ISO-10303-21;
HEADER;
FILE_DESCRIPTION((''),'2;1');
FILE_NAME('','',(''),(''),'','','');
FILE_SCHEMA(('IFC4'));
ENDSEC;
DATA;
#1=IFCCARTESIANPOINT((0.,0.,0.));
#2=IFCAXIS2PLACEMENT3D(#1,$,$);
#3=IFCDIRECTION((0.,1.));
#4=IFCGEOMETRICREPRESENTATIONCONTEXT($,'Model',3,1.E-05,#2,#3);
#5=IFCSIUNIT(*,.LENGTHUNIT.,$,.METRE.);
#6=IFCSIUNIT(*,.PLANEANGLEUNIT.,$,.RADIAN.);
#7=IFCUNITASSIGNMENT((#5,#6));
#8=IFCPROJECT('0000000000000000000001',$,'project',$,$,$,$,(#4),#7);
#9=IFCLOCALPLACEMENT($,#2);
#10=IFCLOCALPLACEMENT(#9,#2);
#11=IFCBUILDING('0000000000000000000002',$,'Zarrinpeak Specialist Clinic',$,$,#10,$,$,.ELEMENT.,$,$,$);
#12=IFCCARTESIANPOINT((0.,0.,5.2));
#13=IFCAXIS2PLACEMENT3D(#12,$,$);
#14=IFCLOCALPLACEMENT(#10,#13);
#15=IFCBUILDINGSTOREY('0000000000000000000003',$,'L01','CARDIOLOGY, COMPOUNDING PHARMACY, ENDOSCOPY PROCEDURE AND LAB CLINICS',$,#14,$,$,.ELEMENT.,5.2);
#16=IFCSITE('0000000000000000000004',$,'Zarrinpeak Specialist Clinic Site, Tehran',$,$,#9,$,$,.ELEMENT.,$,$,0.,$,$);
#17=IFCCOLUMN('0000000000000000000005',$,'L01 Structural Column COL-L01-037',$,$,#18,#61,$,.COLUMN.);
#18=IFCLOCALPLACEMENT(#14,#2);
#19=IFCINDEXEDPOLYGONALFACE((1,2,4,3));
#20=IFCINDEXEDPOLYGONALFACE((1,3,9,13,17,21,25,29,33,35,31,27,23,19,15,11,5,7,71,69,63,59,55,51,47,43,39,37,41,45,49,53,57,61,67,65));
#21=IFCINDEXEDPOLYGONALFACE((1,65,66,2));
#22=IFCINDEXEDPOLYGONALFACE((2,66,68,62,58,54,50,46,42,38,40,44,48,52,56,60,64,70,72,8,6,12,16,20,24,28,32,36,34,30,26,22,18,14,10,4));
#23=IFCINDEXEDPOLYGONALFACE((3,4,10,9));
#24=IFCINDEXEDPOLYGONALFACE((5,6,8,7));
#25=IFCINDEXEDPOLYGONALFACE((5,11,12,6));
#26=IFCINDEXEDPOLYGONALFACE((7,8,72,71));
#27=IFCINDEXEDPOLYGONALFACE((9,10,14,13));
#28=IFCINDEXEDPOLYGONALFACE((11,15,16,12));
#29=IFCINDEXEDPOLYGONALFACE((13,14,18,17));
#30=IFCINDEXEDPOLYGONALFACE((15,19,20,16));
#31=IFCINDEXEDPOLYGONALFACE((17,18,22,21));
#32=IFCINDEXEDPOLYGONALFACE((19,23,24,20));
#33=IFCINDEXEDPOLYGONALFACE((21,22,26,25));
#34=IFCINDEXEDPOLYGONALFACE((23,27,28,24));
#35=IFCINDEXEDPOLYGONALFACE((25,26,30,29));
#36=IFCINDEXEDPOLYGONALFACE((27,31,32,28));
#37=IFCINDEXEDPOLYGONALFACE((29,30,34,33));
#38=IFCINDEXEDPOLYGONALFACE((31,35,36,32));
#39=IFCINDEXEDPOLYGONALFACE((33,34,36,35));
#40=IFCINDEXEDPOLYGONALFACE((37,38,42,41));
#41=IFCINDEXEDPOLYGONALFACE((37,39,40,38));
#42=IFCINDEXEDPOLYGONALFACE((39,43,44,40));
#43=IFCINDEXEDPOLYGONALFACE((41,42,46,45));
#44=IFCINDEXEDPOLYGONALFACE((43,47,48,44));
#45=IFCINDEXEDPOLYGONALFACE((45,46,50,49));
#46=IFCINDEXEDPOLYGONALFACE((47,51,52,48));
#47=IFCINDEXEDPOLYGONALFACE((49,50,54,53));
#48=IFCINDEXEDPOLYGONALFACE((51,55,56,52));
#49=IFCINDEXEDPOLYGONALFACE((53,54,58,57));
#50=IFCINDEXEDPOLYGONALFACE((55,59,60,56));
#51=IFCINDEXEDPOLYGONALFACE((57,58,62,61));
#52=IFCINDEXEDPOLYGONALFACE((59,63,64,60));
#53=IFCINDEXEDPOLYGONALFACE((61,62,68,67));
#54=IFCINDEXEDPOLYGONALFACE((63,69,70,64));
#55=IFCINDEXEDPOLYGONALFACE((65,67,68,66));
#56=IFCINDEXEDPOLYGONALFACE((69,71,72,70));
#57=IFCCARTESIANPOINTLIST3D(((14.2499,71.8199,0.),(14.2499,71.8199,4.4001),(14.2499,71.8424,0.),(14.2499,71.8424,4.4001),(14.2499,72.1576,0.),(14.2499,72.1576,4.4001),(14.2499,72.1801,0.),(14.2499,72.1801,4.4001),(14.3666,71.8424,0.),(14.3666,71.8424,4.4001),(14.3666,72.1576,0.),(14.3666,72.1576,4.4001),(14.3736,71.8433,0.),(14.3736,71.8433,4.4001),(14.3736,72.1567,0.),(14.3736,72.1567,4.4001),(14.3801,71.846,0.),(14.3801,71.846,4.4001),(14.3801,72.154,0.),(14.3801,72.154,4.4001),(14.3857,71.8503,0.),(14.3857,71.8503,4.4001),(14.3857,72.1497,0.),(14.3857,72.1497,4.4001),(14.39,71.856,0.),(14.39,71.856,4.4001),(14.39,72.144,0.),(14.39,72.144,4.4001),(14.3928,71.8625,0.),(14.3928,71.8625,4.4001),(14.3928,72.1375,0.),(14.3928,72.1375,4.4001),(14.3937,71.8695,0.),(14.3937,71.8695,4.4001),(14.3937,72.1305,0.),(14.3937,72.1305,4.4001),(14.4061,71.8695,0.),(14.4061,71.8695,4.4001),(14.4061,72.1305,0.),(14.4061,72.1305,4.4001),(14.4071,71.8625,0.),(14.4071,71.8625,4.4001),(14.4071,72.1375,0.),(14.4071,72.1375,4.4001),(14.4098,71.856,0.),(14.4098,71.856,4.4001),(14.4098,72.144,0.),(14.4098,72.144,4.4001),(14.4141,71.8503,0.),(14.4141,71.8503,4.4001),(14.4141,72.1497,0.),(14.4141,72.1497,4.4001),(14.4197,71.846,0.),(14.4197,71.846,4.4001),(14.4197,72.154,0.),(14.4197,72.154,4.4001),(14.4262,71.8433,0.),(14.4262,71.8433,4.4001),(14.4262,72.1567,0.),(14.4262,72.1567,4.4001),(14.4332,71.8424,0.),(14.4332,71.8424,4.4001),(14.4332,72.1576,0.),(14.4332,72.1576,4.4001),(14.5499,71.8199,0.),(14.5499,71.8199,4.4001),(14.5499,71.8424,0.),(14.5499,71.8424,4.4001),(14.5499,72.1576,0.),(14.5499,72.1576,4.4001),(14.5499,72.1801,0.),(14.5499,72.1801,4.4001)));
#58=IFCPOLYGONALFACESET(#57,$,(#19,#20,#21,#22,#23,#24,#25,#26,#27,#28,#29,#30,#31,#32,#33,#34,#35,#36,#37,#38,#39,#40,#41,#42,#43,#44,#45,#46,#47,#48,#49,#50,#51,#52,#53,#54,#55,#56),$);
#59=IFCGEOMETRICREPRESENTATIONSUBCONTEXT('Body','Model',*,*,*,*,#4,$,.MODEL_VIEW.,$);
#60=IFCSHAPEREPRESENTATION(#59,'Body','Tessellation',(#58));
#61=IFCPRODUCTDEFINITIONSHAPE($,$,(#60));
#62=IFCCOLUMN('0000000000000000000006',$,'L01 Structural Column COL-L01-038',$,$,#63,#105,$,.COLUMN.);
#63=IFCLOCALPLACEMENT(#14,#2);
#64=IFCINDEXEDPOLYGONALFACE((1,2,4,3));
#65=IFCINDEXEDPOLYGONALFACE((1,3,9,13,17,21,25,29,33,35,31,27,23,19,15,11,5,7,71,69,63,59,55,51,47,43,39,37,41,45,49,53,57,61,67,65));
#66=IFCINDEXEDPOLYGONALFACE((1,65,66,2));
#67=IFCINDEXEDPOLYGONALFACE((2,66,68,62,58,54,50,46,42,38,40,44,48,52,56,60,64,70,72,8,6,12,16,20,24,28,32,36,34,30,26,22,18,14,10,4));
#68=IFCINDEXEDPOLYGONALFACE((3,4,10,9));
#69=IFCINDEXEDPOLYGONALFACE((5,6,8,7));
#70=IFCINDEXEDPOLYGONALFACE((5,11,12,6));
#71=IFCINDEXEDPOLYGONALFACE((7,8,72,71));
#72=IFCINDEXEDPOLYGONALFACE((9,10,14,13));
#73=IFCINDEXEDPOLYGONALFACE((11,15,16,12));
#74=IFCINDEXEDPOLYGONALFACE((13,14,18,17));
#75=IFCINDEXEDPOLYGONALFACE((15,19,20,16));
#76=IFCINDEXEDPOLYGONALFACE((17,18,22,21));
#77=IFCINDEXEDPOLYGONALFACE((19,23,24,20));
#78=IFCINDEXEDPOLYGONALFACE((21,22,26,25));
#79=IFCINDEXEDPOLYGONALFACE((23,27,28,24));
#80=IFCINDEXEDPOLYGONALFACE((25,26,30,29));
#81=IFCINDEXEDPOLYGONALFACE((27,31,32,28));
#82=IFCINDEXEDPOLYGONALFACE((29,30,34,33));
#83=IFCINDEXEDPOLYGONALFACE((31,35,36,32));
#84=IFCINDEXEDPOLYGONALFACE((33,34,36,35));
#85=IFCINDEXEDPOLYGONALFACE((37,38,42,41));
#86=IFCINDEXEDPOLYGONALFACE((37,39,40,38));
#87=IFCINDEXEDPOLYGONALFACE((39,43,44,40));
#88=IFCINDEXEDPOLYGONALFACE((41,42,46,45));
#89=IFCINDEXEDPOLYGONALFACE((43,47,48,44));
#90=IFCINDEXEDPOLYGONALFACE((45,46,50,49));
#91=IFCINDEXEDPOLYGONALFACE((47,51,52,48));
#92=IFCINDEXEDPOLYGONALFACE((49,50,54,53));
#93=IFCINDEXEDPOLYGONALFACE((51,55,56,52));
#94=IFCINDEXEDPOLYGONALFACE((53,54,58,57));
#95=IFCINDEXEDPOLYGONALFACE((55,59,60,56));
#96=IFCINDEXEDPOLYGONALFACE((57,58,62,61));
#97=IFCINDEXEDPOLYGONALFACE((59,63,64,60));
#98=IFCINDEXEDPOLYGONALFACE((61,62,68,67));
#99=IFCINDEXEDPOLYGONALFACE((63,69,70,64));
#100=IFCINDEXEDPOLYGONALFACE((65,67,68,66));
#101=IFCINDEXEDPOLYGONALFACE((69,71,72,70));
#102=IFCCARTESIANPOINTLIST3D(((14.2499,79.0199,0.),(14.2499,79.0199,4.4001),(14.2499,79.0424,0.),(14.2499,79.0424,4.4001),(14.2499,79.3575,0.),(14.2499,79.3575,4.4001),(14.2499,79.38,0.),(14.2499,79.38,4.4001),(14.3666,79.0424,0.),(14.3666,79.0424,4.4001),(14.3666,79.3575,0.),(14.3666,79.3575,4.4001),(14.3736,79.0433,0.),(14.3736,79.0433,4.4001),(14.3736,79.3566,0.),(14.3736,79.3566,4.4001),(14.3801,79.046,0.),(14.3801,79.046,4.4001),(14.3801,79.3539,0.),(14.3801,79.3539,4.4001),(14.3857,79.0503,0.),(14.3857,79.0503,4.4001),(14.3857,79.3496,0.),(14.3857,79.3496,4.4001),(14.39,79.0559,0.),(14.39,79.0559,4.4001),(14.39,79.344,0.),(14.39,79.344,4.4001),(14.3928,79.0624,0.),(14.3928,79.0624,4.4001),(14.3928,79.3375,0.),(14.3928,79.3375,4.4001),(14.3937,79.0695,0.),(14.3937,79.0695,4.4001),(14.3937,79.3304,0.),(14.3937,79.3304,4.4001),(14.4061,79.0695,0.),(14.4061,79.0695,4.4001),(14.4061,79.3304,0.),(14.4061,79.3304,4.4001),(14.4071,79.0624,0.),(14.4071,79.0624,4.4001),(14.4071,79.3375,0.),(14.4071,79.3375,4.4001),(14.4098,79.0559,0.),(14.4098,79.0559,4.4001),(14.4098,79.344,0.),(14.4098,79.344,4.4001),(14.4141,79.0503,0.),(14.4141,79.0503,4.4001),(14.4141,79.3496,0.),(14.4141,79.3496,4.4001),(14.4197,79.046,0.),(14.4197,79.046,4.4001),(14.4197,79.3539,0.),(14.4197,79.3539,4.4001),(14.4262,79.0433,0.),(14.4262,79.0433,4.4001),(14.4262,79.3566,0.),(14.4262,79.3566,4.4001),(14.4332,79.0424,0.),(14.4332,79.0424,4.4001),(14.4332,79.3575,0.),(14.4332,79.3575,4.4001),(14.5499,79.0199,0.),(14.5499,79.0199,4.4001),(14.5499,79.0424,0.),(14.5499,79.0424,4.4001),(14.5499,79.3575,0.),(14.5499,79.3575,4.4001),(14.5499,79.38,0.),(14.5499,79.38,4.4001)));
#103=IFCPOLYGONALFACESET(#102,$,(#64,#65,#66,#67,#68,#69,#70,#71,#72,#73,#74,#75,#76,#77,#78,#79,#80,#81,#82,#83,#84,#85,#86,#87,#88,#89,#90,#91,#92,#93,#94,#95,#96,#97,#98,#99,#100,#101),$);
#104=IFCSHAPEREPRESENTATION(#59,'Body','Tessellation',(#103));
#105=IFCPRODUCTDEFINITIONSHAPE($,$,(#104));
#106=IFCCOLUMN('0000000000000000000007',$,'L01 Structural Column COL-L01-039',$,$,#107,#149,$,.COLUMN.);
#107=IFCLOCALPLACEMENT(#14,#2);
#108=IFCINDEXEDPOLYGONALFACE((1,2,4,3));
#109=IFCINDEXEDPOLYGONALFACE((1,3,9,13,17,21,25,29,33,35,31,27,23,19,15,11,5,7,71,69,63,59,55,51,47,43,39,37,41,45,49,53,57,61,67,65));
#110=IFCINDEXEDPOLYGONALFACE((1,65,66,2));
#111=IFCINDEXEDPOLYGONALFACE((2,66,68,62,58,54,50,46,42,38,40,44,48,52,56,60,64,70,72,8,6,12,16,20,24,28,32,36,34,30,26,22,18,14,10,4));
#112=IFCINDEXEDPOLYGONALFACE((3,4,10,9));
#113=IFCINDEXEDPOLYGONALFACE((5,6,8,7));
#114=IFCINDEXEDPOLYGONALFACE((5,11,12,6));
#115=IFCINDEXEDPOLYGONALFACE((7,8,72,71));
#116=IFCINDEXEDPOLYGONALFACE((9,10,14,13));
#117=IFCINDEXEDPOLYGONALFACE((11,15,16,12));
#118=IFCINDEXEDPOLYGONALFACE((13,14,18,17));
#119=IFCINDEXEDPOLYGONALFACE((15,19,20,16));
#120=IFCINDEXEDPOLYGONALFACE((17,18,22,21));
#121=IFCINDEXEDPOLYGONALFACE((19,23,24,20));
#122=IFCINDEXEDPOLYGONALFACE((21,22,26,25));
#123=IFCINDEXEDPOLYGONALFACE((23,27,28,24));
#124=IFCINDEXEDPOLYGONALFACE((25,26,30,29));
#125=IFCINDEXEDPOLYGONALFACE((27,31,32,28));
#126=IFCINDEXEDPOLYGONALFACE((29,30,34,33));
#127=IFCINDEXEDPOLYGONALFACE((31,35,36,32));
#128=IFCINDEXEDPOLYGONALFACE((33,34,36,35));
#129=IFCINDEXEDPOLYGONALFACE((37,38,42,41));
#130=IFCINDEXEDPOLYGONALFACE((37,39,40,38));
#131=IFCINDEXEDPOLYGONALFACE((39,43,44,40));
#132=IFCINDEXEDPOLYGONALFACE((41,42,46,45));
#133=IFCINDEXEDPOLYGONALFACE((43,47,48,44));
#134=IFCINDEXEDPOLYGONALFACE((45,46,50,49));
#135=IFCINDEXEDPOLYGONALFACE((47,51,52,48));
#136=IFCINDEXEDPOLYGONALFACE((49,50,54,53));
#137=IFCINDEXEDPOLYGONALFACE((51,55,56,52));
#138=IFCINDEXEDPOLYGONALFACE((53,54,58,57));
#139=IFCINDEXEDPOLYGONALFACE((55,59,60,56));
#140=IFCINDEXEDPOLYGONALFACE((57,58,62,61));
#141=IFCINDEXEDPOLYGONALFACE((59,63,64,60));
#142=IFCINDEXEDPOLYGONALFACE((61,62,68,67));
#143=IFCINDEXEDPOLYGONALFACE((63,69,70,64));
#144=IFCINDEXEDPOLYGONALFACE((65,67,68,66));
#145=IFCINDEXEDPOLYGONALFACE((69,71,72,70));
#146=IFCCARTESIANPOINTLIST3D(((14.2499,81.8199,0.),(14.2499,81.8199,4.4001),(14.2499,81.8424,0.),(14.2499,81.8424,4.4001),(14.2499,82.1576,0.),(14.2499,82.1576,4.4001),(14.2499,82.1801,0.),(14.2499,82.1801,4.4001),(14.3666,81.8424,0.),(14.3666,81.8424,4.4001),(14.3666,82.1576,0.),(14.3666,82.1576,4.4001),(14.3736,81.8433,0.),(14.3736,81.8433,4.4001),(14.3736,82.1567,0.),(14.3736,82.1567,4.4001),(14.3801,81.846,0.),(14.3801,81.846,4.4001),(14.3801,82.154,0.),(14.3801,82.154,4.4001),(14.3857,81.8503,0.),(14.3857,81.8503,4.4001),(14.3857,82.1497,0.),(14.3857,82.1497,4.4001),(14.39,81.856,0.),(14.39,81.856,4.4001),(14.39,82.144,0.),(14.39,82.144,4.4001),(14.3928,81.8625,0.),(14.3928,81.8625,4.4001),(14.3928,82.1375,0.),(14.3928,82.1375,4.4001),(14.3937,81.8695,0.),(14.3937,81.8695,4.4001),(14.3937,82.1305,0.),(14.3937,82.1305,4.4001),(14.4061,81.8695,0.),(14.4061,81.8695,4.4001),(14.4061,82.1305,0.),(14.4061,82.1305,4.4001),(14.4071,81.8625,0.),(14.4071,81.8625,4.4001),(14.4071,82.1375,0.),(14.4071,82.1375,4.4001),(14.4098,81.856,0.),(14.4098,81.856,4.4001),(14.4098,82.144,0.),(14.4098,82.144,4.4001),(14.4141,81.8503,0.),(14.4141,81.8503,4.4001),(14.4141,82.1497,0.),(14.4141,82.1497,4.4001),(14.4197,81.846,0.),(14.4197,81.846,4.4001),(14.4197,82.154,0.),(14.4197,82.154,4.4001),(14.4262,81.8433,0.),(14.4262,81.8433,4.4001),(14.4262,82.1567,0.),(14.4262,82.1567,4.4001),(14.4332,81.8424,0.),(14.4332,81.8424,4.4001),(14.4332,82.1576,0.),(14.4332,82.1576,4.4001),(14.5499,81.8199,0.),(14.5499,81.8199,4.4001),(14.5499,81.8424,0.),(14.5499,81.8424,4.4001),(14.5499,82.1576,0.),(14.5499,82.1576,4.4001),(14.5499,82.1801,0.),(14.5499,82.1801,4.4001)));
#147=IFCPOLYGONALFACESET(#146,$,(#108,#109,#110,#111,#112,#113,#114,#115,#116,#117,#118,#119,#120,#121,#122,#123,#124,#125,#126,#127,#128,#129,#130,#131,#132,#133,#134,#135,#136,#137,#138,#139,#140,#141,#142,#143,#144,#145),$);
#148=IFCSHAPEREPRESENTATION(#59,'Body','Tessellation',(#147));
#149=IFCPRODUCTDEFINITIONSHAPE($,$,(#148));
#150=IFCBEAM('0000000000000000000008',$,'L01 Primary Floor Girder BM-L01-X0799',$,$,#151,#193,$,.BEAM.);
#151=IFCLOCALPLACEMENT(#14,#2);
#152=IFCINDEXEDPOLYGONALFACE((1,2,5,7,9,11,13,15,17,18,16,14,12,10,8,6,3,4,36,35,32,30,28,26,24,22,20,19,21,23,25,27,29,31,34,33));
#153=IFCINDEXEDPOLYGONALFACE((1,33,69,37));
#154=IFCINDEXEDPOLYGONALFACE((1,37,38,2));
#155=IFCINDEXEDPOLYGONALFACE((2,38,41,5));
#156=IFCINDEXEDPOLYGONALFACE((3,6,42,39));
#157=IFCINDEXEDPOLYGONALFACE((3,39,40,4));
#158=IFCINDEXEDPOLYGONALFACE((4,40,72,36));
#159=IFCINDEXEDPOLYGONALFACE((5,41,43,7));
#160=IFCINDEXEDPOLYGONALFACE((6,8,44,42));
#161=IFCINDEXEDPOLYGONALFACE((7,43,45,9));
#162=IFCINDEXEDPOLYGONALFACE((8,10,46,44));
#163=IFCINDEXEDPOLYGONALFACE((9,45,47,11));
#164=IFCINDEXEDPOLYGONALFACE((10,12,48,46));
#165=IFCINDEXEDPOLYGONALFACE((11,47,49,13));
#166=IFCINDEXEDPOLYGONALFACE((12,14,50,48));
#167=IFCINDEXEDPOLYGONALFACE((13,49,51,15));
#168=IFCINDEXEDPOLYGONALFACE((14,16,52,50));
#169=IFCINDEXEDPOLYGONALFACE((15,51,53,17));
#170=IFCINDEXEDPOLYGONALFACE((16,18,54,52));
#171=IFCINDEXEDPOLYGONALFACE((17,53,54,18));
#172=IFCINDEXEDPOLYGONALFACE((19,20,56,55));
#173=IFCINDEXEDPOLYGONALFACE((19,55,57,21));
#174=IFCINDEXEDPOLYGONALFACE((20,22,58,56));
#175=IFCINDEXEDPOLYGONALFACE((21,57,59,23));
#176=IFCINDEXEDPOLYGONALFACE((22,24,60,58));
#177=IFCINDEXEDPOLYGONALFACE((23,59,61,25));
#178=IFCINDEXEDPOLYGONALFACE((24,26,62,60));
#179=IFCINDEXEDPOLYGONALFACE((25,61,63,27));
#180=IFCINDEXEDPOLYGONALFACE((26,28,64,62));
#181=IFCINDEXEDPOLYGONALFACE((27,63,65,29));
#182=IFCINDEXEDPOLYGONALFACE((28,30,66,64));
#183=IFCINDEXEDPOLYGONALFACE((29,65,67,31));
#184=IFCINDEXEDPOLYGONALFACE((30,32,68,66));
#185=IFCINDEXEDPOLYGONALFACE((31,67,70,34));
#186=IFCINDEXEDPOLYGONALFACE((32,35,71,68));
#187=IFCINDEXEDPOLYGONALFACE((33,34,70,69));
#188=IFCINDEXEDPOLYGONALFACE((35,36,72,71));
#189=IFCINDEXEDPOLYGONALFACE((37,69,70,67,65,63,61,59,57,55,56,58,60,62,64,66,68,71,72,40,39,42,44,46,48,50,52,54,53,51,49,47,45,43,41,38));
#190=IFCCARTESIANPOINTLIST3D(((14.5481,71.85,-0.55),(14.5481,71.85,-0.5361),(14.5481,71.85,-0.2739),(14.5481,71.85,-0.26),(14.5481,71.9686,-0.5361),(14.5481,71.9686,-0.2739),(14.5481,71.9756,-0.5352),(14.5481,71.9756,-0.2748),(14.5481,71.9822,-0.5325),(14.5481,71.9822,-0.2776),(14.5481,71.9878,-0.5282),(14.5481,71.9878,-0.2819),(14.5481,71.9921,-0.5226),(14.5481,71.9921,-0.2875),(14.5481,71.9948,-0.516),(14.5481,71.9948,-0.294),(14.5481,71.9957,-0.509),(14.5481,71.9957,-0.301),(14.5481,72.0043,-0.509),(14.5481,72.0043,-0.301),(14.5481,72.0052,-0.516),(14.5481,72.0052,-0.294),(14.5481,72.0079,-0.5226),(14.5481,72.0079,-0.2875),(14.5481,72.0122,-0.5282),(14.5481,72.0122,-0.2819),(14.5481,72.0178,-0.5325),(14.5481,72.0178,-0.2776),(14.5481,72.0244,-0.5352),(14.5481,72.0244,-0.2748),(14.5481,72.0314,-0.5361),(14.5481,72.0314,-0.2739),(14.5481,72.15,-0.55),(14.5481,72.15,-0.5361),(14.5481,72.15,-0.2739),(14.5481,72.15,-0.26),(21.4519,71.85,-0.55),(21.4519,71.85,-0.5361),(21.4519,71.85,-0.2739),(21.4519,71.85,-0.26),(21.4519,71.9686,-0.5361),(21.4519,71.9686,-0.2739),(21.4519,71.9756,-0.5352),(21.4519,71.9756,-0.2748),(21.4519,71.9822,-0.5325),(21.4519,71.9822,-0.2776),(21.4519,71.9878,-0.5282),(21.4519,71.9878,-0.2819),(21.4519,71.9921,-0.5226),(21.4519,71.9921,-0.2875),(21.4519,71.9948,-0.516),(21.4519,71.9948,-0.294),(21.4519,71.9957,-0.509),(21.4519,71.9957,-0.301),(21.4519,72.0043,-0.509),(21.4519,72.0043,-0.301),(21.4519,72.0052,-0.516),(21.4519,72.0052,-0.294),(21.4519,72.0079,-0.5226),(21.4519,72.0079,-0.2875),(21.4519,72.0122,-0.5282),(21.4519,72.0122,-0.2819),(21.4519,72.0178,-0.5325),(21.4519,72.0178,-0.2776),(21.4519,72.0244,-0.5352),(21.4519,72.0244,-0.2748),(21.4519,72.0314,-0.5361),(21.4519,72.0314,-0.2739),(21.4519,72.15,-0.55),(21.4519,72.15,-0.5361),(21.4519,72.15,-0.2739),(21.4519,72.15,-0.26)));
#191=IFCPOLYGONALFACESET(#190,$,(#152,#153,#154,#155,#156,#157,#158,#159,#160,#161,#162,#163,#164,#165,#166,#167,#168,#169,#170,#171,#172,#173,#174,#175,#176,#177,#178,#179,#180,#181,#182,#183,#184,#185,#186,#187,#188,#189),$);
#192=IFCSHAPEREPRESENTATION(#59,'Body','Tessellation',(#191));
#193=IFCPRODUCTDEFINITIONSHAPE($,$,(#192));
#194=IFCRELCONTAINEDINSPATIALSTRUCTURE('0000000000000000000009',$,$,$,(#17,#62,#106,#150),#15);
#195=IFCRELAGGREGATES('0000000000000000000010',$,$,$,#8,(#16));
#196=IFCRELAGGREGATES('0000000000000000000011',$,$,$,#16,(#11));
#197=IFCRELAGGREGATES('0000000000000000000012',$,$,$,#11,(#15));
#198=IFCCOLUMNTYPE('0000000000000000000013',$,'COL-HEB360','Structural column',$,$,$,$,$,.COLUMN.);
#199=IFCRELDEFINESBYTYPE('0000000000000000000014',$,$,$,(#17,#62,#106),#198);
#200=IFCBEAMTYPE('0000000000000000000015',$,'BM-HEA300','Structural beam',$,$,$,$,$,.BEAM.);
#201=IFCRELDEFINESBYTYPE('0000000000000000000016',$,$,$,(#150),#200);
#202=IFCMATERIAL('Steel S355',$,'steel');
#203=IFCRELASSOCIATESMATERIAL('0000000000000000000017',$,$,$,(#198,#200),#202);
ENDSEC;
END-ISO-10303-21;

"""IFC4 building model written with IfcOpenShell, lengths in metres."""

from ifc_helpers import new_model, si_unit, direction, frame, origin, origin_2d, place, context, subcontext, project, spatial, i_section, extrude, material, material_profile, profile_set, type_object, element, save


model = new_model("IFC4")

# Units and contexts
model_context = context("Model", 3, precision=1e-05, world=origin(), true_north=direction((0.0, 1.0)))
body_context = subcontext(model_context, "Body", "Model", "MODEL_VIEW")
ifc_project = project(units=[si_unit("LENGTHUNIT", "METRE"), si_unit("PLANEANGLEUNIT", "RADIAN")], contexts=[model_context])

# Site, building, storey
site_placement = place(None, origin())
site = spatial("IfcSite", under=ifc_project, at=site_placement, Name="Zarrinpeak Specialist Clinic Site, Tehran", CompositionType="ELEMENT", RefElevation=0.0)
building_placement = place(site_placement, origin())
building = spatial("IfcBuilding", under=site, at=building_placement, Name="Zarrinpeak Specialist Clinic", CompositionType="ELEMENT")
storey_placement = place(building_placement, frame((0.0, 0.0, 5.2)))
storey = spatial("IfcBuildingStorey", under=building, at=storey_placement, Name="L01", Description="CARDIOLOGY, COMPOUNDING PHARMACY, ENDOSCOPY PROCEDURE AND LAB CLINICS", CompositionType="ELEMENT", Elevation=5.2)

# Columns
ifc_material_1 = material(Name="Steel S355", Category="steel")
ifc_material_profile_1 = material_profile(ifc_material_1, i_section(OverallWidth=0.3, OverallDepth=0.3601, WebThickness=0.0125, FlangeThickness=0.0225, FilletRadius=0.0271, at=origin_2d()), Name="HEB 360")
ifc_profile_set_1 = profile_set([ifc_material_profile_1], Name="Steel S355")
column_type = type_object("IfcColumnType", Name="COL-HEB360", Description="Structural column", PredefinedType="COLUMN", material=ifc_profile_set_1)
for number, where, z_axis, x_axis, name in (
    (1, (14.3999, 72.0, 0.0), (0.0, 0.0, 1.0), (1.0, 0.0, 0.0), "L01 Structural Column COL-L01-037"),
    (2, (14.3999, 79.2, 0.0), (0.0, 0.0, 1.0), (1.0, 0.0, 0.0), "L01 Structural Column COL-L01-038"),
    (3, (14.3999, 82.0, 0.0), (0.0, 0.0, 1.0), (1.0, 0.0, 0.0), "L01 Structural Column COL-L01-039"),
):
    element("IfcColumn", number, at=place(storey_placement, frame(where, z_axis=z_axis, x_axis=x_axis)), inside=storey, type_object=column_type, Name=name, PredefinedType="COLUMN", context=body_context, shape_type="SweptSolid", body=[
        extrude(i_section(OverallWidth=0.3, OverallDepth=0.3601, WebThickness=0.0125, FlangeThickness=0.0225, FilletRadius=0.0271, at=origin_2d()), origin(), (0.0, 0.0, 1.0), 4.4001),
    ])

# Beam
ifc_material_profile_2 = material_profile(ifc_material_1, i_section(OverallWidth=0.3, OverallDepth=0.29, WebThickness=0.0085, FlangeThickness=0.0139, FilletRadius=0.0271, at=origin_2d()), Name="HEA 300")
ifc_profile_set_2 = profile_set([ifc_material_profile_2], Name="Steel S355")
beam_type_1 = type_object("IfcBeamType", Name="BM-HEA300", Description="Structural beam", PredefinedType="BEAM", material=ifc_profile_set_2)
for number, where, z_axis, x_axis, name in (
    (4, (14.5481, 72.0, -0.405), (1.0, 0.0, 0.0), (0.0, 1.0, 0.0), "L01 Primary Floor Girder BM-L01-X0799"),
):
    element("IfcBeam", number, at=place(storey_placement, frame(where, z_axis=z_axis, x_axis=x_axis)), inside=storey, type_object=beam_type_1, Name=name, PredefinedType="BEAM", context=body_context, shape_type="SweptSolid", body=[
        extrude(i_section(OverallWidth=0.3, OverallDepth=0.29, WebThickness=0.0085, FlangeThickness=0.0139, FilletRadius=0.0271, at=origin_2d()), origin(), (0.0, 0.0, 1.0), 6.9038),
    ])

save(model, "model.ifc")
